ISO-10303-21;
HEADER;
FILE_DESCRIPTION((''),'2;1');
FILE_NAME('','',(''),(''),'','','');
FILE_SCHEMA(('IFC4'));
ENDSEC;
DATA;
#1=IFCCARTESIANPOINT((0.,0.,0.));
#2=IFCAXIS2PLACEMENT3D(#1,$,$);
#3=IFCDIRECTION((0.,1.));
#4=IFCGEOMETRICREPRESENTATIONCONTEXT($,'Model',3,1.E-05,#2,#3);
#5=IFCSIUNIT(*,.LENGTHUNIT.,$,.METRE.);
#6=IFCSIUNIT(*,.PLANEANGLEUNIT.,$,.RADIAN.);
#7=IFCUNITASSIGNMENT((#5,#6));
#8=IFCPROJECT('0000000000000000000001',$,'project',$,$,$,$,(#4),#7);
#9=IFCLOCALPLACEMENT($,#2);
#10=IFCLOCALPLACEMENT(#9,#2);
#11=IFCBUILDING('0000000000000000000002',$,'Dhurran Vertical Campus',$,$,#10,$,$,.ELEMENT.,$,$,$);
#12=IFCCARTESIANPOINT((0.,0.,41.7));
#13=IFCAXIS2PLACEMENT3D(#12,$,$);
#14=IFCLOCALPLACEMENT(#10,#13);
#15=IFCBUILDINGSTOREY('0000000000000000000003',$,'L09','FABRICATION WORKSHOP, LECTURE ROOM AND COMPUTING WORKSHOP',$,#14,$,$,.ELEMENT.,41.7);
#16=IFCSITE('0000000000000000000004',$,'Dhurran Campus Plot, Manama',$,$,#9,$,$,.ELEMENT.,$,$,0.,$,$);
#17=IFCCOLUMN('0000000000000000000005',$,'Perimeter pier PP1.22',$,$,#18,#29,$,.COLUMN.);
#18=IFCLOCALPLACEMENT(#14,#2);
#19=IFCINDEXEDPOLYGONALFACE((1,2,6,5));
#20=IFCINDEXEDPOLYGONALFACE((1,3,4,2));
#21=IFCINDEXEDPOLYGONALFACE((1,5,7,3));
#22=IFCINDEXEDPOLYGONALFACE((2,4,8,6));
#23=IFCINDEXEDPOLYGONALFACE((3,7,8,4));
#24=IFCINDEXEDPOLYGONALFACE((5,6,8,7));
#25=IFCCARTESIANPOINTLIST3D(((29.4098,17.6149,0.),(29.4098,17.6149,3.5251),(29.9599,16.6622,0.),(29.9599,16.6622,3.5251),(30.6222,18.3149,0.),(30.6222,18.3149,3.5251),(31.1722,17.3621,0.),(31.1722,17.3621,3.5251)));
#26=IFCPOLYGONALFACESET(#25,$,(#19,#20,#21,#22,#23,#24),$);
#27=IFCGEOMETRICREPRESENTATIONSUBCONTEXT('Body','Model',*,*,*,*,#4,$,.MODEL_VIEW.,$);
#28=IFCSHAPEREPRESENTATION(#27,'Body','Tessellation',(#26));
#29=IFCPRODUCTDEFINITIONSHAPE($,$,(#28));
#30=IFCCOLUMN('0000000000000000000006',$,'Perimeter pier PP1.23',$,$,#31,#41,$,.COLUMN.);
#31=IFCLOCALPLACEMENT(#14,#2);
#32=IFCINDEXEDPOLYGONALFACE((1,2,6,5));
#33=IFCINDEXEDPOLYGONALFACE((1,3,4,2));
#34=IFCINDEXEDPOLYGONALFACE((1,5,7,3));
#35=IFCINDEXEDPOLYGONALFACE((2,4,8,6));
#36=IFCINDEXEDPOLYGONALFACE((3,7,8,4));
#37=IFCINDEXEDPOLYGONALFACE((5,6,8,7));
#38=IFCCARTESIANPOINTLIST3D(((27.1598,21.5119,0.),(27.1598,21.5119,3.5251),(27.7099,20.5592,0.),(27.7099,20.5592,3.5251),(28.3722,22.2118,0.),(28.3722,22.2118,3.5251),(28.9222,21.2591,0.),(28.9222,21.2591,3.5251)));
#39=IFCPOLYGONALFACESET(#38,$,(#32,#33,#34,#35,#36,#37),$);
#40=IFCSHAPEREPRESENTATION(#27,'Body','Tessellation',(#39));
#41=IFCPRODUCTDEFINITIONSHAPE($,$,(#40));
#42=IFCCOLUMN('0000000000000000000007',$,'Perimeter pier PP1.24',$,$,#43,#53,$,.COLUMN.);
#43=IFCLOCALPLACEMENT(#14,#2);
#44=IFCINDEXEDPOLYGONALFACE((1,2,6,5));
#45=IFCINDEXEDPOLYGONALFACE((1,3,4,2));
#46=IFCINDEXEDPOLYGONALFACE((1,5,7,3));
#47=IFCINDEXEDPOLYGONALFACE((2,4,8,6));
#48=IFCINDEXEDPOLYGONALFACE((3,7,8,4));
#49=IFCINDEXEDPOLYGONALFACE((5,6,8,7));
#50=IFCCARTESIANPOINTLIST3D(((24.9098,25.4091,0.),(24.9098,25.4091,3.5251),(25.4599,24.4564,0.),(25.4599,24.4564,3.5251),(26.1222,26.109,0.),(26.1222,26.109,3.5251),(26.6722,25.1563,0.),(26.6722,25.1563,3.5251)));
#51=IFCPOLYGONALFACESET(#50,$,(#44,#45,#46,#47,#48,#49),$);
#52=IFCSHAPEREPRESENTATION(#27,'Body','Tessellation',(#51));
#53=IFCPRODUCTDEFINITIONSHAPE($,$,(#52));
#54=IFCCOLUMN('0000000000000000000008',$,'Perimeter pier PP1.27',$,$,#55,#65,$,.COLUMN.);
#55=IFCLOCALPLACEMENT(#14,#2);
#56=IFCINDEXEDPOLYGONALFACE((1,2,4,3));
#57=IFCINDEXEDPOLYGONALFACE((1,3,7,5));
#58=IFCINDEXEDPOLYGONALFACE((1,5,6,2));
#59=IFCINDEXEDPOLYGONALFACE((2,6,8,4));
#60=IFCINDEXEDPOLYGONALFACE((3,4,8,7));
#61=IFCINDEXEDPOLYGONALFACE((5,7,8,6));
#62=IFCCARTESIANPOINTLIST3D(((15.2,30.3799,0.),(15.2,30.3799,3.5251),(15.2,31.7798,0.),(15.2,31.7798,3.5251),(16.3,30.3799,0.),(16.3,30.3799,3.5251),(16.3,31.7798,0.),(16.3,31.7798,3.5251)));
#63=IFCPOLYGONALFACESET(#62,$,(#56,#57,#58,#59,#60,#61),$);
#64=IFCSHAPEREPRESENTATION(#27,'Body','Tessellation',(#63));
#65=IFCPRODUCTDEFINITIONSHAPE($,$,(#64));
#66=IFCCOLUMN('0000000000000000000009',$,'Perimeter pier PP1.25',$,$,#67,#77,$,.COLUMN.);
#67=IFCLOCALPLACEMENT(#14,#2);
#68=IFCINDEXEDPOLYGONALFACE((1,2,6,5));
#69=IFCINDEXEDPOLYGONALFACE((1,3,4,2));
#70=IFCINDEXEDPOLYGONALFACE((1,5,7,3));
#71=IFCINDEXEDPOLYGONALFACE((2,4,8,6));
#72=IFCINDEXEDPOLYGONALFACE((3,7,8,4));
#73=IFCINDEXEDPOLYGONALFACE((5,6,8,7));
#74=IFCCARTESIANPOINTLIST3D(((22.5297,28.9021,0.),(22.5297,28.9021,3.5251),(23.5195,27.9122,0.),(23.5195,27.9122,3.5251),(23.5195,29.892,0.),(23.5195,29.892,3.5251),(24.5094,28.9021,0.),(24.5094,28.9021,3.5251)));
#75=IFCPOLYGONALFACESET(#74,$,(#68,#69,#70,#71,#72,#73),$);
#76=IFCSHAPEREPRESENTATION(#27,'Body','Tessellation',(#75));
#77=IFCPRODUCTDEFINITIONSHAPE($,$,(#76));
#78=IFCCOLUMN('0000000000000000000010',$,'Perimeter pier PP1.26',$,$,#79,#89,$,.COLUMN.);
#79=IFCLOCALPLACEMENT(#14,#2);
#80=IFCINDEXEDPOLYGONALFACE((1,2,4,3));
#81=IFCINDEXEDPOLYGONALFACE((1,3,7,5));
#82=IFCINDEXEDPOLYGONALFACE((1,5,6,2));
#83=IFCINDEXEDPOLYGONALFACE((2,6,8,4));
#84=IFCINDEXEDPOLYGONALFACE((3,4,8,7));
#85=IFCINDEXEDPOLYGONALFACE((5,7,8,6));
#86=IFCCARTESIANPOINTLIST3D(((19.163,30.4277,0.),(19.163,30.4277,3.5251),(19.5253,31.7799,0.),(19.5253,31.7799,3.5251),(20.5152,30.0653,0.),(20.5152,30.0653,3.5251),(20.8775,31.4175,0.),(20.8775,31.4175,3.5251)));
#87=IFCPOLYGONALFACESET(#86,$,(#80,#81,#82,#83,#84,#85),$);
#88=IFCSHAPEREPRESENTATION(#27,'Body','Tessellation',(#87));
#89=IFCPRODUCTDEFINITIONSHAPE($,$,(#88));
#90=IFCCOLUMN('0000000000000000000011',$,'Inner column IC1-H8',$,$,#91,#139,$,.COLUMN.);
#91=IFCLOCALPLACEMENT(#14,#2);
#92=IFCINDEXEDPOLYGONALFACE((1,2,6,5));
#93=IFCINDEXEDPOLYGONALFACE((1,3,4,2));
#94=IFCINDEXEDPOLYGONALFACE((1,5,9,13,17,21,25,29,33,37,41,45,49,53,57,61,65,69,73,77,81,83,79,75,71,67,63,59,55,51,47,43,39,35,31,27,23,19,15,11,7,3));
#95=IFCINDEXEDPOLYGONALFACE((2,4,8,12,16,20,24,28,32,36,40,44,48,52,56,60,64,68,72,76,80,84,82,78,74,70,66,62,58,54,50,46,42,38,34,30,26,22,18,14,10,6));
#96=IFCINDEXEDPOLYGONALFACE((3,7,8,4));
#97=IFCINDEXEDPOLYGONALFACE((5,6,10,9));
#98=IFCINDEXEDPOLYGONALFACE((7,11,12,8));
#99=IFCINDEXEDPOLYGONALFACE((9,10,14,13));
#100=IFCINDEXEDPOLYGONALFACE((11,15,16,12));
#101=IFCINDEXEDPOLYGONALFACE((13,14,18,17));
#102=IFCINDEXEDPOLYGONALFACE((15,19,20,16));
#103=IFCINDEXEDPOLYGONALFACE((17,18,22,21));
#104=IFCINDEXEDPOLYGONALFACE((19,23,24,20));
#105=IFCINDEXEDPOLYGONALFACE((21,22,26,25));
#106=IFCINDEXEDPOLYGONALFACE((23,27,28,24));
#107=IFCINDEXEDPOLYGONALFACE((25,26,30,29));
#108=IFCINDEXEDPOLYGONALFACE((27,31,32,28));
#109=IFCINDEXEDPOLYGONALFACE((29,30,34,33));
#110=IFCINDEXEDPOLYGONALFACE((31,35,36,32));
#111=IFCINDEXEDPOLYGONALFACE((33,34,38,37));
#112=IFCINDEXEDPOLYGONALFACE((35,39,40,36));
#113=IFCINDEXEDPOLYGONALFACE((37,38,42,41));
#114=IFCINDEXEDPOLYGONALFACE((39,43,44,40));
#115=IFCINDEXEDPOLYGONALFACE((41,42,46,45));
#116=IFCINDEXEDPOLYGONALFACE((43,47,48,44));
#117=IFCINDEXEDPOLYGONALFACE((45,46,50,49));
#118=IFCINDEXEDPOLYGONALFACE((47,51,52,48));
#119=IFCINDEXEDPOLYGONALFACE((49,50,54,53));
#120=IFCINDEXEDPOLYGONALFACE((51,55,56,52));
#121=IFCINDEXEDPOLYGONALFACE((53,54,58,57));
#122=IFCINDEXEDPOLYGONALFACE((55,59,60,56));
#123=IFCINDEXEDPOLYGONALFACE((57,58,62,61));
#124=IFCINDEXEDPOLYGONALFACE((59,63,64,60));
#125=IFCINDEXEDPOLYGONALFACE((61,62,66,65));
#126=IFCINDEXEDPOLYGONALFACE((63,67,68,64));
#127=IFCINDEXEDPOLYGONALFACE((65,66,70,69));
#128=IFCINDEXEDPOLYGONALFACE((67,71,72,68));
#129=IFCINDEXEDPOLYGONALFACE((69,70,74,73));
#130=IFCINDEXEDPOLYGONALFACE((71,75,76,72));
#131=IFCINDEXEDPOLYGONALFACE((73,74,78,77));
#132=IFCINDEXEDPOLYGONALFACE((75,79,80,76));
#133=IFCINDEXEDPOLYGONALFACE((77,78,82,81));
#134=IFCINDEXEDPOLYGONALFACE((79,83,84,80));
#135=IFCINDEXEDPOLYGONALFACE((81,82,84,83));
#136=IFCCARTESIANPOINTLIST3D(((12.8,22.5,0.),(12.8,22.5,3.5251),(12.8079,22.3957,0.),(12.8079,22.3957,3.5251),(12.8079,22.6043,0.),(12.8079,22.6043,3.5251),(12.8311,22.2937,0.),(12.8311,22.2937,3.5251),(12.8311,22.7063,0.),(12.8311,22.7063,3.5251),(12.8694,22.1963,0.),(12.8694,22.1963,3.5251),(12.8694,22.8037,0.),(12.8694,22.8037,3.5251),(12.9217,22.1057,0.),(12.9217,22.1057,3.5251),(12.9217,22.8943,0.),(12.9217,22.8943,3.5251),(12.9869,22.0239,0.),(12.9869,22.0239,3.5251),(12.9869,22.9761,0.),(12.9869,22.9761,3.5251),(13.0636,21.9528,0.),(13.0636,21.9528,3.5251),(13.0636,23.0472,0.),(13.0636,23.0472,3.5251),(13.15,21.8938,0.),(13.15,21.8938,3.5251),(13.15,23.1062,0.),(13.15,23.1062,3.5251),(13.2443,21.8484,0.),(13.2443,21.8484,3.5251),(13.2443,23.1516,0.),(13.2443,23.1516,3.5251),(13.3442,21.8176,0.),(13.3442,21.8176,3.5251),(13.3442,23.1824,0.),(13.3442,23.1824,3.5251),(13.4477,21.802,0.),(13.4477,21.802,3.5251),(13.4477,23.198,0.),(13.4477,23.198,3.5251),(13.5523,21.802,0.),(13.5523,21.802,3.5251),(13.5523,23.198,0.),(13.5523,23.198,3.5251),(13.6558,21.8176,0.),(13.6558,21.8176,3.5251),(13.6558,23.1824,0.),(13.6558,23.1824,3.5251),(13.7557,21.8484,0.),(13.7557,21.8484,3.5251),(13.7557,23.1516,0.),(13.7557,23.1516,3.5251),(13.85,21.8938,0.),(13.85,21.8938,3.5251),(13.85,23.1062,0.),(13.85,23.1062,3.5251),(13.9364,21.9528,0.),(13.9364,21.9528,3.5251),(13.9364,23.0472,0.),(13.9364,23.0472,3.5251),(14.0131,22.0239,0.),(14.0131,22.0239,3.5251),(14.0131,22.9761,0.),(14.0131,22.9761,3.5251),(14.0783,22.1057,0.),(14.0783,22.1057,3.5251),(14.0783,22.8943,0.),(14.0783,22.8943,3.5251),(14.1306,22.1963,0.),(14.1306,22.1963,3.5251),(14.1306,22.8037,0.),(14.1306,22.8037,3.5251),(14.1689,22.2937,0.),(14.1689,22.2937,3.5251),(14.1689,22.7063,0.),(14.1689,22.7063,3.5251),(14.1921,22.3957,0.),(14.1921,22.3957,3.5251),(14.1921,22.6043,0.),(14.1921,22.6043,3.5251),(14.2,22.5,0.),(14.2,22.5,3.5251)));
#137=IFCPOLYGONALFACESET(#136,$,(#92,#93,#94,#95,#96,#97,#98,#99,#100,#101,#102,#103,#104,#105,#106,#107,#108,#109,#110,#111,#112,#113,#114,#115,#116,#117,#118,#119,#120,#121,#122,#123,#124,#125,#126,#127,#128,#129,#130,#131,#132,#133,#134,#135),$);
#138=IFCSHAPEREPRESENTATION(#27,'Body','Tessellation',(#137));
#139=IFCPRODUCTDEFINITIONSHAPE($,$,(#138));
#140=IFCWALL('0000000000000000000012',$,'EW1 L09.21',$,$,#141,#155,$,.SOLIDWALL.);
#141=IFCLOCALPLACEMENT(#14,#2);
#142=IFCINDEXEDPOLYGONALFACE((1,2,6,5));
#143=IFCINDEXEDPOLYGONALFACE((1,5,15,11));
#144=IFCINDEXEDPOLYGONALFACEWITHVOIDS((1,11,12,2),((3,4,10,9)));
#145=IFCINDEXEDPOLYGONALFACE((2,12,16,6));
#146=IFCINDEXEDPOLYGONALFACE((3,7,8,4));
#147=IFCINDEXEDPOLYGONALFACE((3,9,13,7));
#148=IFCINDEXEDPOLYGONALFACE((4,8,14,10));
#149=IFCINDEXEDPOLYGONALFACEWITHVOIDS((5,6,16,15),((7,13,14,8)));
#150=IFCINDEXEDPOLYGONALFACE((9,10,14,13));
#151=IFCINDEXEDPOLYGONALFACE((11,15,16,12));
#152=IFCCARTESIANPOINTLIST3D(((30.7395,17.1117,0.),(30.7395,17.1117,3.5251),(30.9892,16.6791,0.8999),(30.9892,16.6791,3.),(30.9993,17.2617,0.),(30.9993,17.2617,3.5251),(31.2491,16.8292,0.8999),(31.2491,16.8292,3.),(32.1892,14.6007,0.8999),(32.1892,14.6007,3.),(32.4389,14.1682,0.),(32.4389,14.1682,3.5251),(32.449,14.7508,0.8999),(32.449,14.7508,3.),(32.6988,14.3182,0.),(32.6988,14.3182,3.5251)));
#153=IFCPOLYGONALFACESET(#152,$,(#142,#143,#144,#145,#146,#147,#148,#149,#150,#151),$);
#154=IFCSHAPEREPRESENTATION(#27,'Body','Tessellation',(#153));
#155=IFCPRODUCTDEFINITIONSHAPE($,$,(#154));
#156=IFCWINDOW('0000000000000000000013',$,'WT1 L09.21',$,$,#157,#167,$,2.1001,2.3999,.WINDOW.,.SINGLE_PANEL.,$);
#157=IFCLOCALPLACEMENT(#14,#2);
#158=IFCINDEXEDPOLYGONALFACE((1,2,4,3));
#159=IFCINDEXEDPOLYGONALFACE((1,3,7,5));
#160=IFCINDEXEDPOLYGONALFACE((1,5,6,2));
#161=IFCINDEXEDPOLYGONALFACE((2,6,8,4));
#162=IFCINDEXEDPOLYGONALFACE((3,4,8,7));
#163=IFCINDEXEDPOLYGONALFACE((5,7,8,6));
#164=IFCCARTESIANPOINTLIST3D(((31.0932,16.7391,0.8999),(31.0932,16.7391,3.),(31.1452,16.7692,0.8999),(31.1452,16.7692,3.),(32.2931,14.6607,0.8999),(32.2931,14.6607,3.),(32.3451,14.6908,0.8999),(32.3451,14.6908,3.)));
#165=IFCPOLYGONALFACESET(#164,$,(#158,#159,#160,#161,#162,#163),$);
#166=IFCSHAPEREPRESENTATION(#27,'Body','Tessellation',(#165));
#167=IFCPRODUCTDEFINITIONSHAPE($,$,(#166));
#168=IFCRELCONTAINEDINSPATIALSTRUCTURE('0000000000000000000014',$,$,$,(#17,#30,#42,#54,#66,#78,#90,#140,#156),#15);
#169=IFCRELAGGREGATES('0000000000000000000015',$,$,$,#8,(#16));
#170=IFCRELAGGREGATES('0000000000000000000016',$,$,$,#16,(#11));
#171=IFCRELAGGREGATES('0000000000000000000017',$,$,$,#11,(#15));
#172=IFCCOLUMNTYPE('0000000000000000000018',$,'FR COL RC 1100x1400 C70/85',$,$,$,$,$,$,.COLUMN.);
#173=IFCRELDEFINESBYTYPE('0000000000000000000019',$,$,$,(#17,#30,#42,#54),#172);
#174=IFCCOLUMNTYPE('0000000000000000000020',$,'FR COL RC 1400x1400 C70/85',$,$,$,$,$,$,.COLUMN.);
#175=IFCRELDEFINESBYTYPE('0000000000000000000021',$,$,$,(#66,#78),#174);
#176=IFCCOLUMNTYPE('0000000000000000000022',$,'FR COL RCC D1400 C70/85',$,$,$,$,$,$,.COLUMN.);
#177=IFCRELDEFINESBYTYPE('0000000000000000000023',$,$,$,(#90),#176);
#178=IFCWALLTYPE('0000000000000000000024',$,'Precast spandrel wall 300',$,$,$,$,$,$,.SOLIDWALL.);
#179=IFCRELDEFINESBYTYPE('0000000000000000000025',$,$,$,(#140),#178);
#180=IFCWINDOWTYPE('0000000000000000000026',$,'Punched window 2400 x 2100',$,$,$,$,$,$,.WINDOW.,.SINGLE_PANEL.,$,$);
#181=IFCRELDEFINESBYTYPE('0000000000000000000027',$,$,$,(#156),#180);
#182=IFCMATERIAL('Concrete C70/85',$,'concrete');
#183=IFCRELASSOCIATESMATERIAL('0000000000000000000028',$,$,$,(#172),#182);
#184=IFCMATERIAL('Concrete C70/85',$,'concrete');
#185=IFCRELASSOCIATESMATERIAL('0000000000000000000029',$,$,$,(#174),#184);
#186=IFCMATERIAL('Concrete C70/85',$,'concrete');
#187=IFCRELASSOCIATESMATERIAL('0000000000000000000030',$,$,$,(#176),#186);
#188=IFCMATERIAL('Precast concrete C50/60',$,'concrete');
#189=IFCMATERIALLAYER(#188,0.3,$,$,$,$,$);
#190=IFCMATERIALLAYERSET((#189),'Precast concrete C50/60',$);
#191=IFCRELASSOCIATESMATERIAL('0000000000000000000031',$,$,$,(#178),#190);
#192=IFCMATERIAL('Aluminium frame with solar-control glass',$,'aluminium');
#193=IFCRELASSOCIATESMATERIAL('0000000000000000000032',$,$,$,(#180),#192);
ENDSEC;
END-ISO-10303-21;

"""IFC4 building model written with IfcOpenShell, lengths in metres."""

from ifc_helpers import new_model, si_unit, direction, frame, frame_2d, origin, origin_2d, place, context, subcontext, project, spatial, rectangle, circle, extrude, material, layer, layer_set, material_profile, profile_set, type_object, element, fill, save


model = new_model("IFC4")

# Units and contexts
model_context = context("Model", 3, precision=1e-05, world=origin(), true_north=direction((0.0, 1.0)))
body_context = subcontext(model_context, "Body", "Model", "MODEL_VIEW")
ifc_project = project(units=[si_unit("LENGTHUNIT", "METRE"), si_unit("PLANEANGLEUNIT", "RADIAN")], contexts=[model_context])

# Site, building, storey
site_placement = place(None, origin())
site = spatial("IfcSite", under=ifc_project, at=site_placement, Name="Dhurran Campus Plot, Manama", CompositionType="ELEMENT", RefElevation=0.0)
building_placement = place(site_placement, origin())
building = spatial("IfcBuilding", under=site, at=building_placement, Name="Dhurran Vertical Campus", CompositionType="ELEMENT")
storey_placement = place(building_placement, frame((0.0, 0.0, 41.7)))
storey = spatial("IfcBuildingStorey", under=building, at=storey_placement, Name="L09", Description="FABRICATION WORKSHOP, LECTURE ROOM AND COMPUTING WORKSHOP", CompositionType="ELEMENT", Elevation=41.7)

# Columns
ifc_material_1 = material(Name="Concrete C70/85", Category="concrete")
ifc_material_profile_1 = material_profile(ifc_material_1, rectangle(XDim=1.1001, YDim=1.3999, at=origin_2d()), Name="RC 1100x1400")
ifc_profile_set_1 = profile_set([ifc_material_profile_1], Name="Concrete C70/85")
column_type_1 = type_object("IfcColumnType", Name="FR COL RC 1100x1400 C70/85", PredefinedType="COLUMN", material=ifc_profile_set_1)
for number, where, z_axis, x_axis, name in (
    (1, (30.291, 17.4885, 0.0), (0.0, 0.0, 1.0), (-0.5, 0.866025, 0.0), "Perimeter pier PP1.22"),
    (2, (28.041, 21.3855, 0.0), (0.0, 0.0, 1.0), (-0.5, 0.866025, 0.0), "Perimeter pier PP1.23"),
    (3, (25.791, 25.2827, 0.0), (0.0, 0.0, 1.0), (-0.5, 0.866025, 0.0), "Perimeter pier PP1.24"),
    (4, (15.75, 31.0798, 0.0), (0.0, 0.0, 1.0), (-1.0, 0.0, 0.0), "Perimeter pier PP1.27"),
):
    element("IfcColumn", number, at=place(storey_placement, frame(where, z_axis=z_axis, x_axis=x_axis)), inside=storey, type_object=column_type_1, Name=name, PredefinedType="COLUMN", context=body_context, shape_type="SweptSolid", body=[
        extrude(rectangle(XDim=1.1001, YDim=1.3999, at=origin_2d()), origin(), (0.0, 0.0, 1.0), 3.5251),
    ])
ifc_material_2 = material(Name="Concrete C70/85", Category="concrete")
ifc_material_profile_2 = material_profile(ifc_material_2, rectangle(XDim=1.3999, YDim=1.3999, at=origin_2d()), Name="RC 1400x1400")
ifc_profile_set_2 = profile_set([ifc_material_profile_2], Name="Concrete C70/85")
column_type_2 = type_object("IfcColumnType", Name="FR COL RC 1400x1400 C70/85", PredefinedType="COLUMN", material=ifc_profile_set_2)
for number, where, z_axis, x_axis, name in (
    (5, (23.5195, 28.9021, 0.0), (0.0, 0.0, 1.0), (-0.707107, 0.707107, 0.0), "Perimeter pier PP1.25"),
    (6, (20.0203, 30.9226, 0.0), (0.0, 0.0, 1.0), (-0.965926, 0.258819, 0.0), "Perimeter pier PP1.26"),
):
    element("IfcColumn", number, at=place(storey_placement, frame(where, z_axis=z_axis, x_axis=x_axis)), inside=storey, type_object=column_type_2, Name=name, PredefinedType="COLUMN", context=body_context, shape_type="SweptSolid", body=[
        extrude(rectangle(XDim=1.3999, YDim=1.3999, at=origin_2d()), origin(), (0.0, 0.0, 1.0), 3.5251),
    ])
ifc_material_3 = material(Name="Concrete C70/85", Category="concrete")
ifc_material_profile_3 = material_profile(ifc_material_3, circle(Radius=0.7, at=origin_2d()), Name="RCC D1400")
ifc_profile_set_3 = profile_set([ifc_material_profile_3], Name="Concrete C70/85")
column_type_3 = type_object("IfcColumnType", Name="FR COL RCC D1400 C70/85", PredefinedType="COLUMN", material=ifc_profile_set_3)
column_placement = place(storey_placement, frame((13.5, 22.5, 0.0), z_axis=(0.0, 0.0, 1.0), x_axis=(1.0, 0.0, 0.0)))
element("IfcColumn", 7, at=column_placement, inside=storey, type_object=column_type_3, Name="Inner column IC1-H8", PredefinedType="COLUMN", context=body_context, shape_type="SweptSolid", body=[
    extrude(circle(Radius=0.7, at=origin_2d()), origin(), (0.0, 0.0, 1.0), 3.5251),
])

# Wall, opening, window
ifc_material_4 = material(Name="Precast concrete C50/60", Category="concrete")
ifc_layer_1 = layer(ifc_material_4, 0.3)
ifc_layer_set_1 = layer_set([ifc_layer_1], Name="Precast concrete C50/60")
wall_type_1 = type_object("IfcWallType", Name="Precast spandrel wall 300", PredefinedType="SOLIDWALL", material=ifc_layer_set_1)
wall_1_placement = place(storey_placement, frame((32.5688, 14.2432, 0.0), z_axis=(0.0, 0.0, 1.0), x_axis=(-0.499994, 0.866029, 0.0)))
wall_1 = element("IfcWall", 8, at=wall_1_placement, inside=storey, type_object=wall_type_1, Name="EW1 L09.21", PredefinedType="SOLIDWALL", context=body_context, shape_type="SweptSolid", body=[
    extrude(rectangle(XDim=3.3989, YDim=0.3, at=frame_2d((1.6995, 0.0))), origin(), (0.0, 0.0, 1.0), 3.5251),
])
opening_1_placement = place(wall_1_placement, frame((0.4995, 0.0, 0.8999)))
opening_1 = element("IfcOpeningElement", 9, at=opening_1_placement, cuts=wall_1, PredefinedType="OPENING", context=body_context, shape_type="SweptSolid", body=[
    extrude(rectangle(XDim=2.3999, YDim=2.1001, at=frame_2d((1.2, 1.05))), frame((0.0, 0.1599, 0.0), z_axis=(0.0, -1.0, 0.0), x_axis=(1.0, 0.0, 0.0)), (0.0, 0.0, 1.0), 0.3201),
])
ifc_material_5 = material(Name="Aluminium frame with solar-control glass", Category="aluminium")
window_type = type_object("IfcWindowType", Name="Punched window 2400 x 2100", PartitioningType="SINGLE_PANEL", PredefinedType="WINDOW", material=ifc_material_5)
window_1_placement = place(opening_1_placement, origin())
window_1 = element("IfcWindow", 10, at=window_1_placement, inside=storey, type_object=window_type, Name="WT1 L09.21", OverallHeight=2.1001, OverallWidth=2.3999, PartitioningType="SINGLE_PANEL", PredefinedType="WINDOW", context=body_context, shape_type="SweptSolid", body=[
    extrude(rectangle(XDim=2.3999, YDim=2.1001, at=frame_2d((1.2, 1.05))), frame((0.0, 0.03, 0.0), z_axis=(0.0, -1.0, 0.0), x_axis=(1.0, 0.0, 0.0)), (0.0, 0.0, 1.0), 0.0601),
])
fill(opening_1, window_1)

save(model, "model.ifc")
